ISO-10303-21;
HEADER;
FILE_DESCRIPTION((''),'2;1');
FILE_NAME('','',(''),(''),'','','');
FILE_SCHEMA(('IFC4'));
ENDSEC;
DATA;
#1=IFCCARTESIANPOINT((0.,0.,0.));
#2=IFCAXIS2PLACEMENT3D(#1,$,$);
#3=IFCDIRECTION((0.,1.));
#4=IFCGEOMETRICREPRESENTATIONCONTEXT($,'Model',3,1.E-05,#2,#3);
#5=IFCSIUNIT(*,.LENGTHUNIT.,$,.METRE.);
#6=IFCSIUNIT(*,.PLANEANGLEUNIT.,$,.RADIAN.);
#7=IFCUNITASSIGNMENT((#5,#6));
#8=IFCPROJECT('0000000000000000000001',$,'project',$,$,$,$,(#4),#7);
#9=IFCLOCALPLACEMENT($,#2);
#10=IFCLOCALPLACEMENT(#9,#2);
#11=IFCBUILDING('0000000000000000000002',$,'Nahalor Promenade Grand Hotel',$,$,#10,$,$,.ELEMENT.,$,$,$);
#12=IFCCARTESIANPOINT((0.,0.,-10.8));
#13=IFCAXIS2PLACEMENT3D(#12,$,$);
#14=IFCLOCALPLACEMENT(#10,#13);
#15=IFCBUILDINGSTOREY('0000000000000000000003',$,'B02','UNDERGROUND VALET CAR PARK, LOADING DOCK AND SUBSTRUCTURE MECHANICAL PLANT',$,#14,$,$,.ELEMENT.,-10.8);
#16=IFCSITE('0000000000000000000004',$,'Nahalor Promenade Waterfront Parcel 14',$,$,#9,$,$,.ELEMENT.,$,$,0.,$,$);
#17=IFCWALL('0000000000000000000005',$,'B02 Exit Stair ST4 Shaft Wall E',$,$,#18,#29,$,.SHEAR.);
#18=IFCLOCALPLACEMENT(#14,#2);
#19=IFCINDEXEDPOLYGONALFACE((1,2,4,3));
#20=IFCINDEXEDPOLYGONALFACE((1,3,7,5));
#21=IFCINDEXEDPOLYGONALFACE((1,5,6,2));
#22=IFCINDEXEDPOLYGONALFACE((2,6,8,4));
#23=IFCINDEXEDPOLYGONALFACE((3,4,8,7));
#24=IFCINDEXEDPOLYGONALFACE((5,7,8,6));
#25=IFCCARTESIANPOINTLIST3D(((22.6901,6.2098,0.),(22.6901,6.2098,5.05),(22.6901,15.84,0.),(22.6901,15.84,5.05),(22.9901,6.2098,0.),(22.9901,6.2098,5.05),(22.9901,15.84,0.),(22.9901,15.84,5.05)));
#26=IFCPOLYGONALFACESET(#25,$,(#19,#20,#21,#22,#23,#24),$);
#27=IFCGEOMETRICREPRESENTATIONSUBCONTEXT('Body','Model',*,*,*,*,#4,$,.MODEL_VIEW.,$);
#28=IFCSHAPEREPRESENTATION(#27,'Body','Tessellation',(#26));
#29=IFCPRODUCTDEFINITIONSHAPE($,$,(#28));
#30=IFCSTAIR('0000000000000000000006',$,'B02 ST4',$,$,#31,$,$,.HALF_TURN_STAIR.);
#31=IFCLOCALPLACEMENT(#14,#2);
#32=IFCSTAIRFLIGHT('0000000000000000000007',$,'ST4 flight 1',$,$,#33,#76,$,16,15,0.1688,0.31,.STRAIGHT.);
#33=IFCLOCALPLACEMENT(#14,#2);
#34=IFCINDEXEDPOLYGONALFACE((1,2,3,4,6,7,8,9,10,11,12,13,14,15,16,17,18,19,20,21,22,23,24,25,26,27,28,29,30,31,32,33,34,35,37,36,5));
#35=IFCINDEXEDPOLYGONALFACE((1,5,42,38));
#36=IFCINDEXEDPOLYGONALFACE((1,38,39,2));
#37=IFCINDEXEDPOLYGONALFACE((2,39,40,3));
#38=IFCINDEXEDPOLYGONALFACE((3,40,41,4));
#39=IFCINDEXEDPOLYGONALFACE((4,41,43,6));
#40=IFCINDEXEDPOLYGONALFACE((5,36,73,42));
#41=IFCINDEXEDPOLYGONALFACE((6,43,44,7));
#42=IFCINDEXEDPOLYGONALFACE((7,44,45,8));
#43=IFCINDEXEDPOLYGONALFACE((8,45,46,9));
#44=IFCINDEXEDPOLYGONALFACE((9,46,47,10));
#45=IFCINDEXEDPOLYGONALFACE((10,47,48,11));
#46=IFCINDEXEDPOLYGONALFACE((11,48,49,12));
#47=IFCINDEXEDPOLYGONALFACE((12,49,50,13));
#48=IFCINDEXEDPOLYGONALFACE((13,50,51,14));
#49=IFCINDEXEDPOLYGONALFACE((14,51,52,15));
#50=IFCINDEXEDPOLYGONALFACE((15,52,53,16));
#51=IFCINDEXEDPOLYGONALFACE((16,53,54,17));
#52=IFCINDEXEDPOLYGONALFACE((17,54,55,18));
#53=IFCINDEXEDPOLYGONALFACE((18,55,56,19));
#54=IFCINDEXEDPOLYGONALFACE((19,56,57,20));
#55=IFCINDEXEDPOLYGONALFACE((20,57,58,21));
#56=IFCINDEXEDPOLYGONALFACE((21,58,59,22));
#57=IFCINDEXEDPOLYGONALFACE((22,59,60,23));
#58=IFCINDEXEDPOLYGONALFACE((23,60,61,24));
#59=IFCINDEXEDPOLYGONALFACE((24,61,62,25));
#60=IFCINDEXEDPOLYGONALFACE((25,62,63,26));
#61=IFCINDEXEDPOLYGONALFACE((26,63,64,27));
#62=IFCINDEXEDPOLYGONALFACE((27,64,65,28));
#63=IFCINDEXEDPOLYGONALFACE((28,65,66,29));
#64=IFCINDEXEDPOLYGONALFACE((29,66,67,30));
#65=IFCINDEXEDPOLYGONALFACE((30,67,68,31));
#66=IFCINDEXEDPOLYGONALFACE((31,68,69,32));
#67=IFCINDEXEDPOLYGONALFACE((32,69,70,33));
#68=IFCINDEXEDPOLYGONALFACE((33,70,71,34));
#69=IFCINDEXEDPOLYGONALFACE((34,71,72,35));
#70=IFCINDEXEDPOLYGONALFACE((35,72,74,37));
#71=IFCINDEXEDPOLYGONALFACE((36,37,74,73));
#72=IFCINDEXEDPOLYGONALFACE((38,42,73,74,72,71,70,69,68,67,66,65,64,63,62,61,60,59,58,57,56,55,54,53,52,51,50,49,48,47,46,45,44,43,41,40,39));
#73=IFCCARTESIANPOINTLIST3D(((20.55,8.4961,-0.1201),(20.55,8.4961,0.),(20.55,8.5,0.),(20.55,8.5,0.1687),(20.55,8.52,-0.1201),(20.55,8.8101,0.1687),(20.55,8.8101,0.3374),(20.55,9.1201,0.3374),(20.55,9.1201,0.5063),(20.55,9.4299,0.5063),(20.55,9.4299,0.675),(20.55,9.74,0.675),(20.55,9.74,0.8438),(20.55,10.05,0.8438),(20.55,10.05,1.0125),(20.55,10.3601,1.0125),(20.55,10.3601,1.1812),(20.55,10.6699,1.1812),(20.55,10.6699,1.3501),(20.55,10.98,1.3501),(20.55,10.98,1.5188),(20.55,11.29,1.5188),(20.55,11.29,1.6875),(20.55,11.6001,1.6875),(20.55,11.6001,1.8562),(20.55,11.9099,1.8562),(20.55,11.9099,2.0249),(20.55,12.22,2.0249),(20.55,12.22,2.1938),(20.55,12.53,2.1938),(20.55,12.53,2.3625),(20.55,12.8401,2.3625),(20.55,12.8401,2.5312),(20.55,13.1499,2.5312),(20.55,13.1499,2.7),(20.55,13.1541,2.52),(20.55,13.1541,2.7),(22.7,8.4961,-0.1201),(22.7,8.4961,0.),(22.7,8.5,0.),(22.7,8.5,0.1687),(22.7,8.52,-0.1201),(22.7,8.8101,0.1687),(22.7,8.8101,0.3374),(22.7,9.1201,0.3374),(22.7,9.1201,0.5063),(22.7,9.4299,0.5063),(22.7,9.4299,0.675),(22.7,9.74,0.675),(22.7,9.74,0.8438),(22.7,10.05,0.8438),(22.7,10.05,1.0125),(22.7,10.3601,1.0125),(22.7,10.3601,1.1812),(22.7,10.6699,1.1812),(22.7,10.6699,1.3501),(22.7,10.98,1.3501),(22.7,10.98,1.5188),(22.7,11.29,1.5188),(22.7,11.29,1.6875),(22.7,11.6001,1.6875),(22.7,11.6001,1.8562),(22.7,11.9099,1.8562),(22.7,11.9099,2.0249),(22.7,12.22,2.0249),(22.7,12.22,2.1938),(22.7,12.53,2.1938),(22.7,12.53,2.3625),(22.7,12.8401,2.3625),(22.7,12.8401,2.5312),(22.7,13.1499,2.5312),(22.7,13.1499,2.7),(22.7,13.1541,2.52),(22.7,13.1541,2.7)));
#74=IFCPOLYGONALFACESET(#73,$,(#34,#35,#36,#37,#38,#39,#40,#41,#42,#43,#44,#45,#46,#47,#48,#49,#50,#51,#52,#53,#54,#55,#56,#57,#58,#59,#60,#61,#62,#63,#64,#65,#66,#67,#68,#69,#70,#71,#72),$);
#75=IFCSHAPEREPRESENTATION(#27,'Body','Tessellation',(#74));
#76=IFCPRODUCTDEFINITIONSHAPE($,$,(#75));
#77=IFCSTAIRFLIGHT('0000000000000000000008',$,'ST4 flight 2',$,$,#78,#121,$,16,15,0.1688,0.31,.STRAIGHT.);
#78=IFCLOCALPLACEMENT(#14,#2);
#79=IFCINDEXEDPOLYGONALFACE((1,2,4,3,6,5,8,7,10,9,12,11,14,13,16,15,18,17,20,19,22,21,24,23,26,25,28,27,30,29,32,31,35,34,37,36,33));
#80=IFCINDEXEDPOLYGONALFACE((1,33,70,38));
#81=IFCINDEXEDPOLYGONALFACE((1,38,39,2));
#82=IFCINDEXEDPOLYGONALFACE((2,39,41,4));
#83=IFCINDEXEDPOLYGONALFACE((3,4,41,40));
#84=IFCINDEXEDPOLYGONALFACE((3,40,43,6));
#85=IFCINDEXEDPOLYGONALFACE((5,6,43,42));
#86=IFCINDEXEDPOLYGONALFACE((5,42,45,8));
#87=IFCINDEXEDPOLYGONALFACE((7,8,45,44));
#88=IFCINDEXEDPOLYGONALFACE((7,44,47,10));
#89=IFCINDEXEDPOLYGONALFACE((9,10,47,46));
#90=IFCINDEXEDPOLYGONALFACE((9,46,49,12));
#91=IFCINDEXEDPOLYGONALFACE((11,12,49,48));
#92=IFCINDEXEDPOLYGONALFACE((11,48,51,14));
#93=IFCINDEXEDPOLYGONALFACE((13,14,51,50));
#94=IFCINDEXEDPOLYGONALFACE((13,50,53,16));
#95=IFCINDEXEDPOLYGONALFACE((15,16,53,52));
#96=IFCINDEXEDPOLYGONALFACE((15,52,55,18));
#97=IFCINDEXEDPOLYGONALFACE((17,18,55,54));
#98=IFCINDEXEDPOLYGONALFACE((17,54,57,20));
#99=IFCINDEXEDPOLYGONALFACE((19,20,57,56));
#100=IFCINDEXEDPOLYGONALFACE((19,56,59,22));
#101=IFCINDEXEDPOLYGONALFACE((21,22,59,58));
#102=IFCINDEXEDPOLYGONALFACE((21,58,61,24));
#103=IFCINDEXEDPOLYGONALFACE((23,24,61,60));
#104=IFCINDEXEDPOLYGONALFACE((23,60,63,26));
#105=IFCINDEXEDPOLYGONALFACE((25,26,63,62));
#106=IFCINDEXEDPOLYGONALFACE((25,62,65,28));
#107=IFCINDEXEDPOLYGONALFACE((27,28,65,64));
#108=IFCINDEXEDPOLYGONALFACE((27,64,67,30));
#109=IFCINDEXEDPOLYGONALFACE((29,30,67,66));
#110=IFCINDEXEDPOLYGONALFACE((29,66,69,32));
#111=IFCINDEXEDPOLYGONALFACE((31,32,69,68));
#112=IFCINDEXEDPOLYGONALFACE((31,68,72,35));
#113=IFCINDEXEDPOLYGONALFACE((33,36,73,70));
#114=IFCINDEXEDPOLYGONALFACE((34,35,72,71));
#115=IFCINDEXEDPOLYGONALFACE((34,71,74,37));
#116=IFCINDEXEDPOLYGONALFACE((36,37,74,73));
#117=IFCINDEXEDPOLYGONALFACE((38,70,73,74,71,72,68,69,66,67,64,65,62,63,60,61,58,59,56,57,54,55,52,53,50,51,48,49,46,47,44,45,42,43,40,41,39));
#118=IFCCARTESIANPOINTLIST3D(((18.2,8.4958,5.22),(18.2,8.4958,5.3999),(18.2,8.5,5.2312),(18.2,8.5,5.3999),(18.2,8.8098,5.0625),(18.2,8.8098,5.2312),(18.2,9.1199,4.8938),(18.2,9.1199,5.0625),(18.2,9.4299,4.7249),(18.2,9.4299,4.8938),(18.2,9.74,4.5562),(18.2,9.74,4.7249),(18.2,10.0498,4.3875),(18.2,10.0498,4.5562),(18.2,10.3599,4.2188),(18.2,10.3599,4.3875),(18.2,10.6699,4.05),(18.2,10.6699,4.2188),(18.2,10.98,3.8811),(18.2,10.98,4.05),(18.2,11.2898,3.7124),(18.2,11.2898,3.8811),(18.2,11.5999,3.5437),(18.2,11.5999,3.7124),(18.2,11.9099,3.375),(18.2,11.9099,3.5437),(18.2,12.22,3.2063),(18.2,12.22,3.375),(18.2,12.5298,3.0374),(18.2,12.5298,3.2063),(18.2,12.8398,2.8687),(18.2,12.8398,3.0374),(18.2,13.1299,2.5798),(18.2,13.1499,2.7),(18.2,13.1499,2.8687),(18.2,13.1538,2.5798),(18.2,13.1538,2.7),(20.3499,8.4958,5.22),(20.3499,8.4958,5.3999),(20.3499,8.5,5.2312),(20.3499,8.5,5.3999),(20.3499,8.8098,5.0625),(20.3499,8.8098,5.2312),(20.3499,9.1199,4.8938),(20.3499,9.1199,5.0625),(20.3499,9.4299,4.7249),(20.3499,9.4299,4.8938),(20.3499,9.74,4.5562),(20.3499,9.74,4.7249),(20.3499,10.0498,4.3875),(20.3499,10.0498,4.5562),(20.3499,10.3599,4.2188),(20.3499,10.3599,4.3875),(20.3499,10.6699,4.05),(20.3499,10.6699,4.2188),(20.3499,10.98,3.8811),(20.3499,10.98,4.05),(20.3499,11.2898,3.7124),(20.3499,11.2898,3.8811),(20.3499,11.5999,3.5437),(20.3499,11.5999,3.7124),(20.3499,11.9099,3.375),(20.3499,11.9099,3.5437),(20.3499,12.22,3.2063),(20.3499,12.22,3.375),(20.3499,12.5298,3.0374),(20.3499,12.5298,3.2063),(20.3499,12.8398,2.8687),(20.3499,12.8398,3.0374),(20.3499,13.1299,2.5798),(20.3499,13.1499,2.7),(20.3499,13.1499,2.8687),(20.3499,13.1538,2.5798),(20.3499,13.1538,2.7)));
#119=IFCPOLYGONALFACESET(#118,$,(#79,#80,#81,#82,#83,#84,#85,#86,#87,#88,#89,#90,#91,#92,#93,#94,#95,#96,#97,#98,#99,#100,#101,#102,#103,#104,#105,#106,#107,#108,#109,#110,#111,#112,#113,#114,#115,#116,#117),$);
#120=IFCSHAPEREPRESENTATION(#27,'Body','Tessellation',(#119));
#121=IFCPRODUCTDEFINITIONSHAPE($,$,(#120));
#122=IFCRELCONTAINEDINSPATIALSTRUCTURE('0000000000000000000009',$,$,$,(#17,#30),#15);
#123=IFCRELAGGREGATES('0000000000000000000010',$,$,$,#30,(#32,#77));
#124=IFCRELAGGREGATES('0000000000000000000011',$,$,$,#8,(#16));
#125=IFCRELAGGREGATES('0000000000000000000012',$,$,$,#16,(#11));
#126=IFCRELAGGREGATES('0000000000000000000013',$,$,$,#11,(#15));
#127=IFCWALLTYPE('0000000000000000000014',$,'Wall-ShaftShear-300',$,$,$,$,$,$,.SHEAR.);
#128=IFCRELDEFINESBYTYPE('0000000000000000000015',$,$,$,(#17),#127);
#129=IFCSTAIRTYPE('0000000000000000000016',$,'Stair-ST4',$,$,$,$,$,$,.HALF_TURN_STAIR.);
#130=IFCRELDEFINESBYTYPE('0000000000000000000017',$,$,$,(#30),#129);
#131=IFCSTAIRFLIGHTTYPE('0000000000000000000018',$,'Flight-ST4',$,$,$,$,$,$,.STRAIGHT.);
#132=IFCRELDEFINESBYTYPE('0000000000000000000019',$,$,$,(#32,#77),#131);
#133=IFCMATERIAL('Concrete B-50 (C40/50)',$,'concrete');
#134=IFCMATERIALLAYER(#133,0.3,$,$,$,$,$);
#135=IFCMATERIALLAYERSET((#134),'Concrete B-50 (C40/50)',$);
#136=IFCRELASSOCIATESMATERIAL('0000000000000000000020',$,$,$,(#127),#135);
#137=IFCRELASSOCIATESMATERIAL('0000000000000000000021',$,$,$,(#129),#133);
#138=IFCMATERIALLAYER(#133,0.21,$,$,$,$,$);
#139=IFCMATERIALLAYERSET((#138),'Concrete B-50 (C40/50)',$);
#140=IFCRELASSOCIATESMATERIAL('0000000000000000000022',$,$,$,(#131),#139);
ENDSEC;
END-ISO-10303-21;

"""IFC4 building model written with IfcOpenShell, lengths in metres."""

from ifc_helpers import new_model, si_unit, direction, frame, frame_2d, origin, place, context, subcontext, project, spatial, polyline, rectangle, outline, extrude, source, transform, mapped, material, layer, layer_set, type_object, element, aggregate, save


model = new_model("IFC4")

# Units and contexts
model_context = context("Model", 3, precision=1e-05, world=origin(), true_north=direction((0.0, 1.0)))
body_context = subcontext(model_context, "Body", "Model", "MODEL_VIEW")
ifc_project = project(units=[si_unit("LENGTHUNIT", "METRE"), si_unit("PLANEANGLEUNIT", "RADIAN")], contexts=[model_context])

# Site, building, storey
site_placement = place(None, origin())
site = spatial("IfcSite", under=ifc_project, at=site_placement, Name="Nahalor Promenade Waterfront Parcel 14", CompositionType="ELEMENT", RefElevation=0.0)
building_placement = place(site_placement, origin())
building = spatial("IfcBuilding", under=site, at=building_placement, Name="Nahalor Promenade Grand Hotel", CompositionType="ELEMENT")
storey_placement = place(building_placement, frame((0.0, 0.0, -10.8)))
storey = spatial("IfcBuildingStorey", under=building, at=storey_placement, Name="B02", Description="UNDERGROUND VALET CAR PARK, LOADING DOCK AND SUBSTRUCTURE MECHANICAL PLANT", CompositionType="ELEMENT", Elevation=-10.8)

# Shared definitions
ifc_material_1 = material(Name="Concrete B-50 (C40/50)", Category="concrete")

# Shared definitions
ifc_layer_1 = layer(ifc_material_1, 0.3)
ifc_layer_set_1 = layer_set([ifc_layer_1], Name="Concrete B-50 (C40/50)")
wall_type = type_object("IfcWallType", Name="Wall-ShaftShear-300", PredefinedType="SHEAR", material=ifc_layer_set_1)

# Wall
shared_shape_1 = source(origin(), body_context, "Body", "SweptSolid", [
    extrude(rectangle(XDim=9.6301, YDim=0.3, at=frame_2d((4.8149, 0.0))), origin(), (0.0, 0.0, 1.0), 5.05),
])
for number, where, z_axis, x_axis, name in (
    (1, (22.8401, 6.21, 0.0), (0.0, 0.0, 1.0), (0.0, 1.0, 0.0), "B02 Exit Stair ST4 Shaft Wall E"),
):
    element("IfcWall", number, at=place(storey_placement, frame(where, z_axis=z_axis, x_axis=x_axis)), inside=storey, type_object=wall_type, Name=name, PredefinedType="SHEAR", context=body_context, shape_type="MappedRepresentation", body=[
        mapped(shared_shape_1, transform((0.0, 0.0, 0.0), scale=1.0)),
    ])

# Stair, stair flights
stair_type = type_object("IfcStairType", Name="Stair-ST4", PredefinedType="HALF_TURN_STAIR", material=ifc_material_1)
stair_placement = place(storey_placement, origin())
stair = element("IfcStair", 2, at=stair_placement, inside=storey, type_object=stair_type, Name="B02 ST4", PredefinedType="HALF_TURN_STAIR")
ifc_layer_2 = layer(ifc_material_1, 0.21)
ifc_layer_set_2 = layer_set([ifc_layer_2], Name="Concrete B-50 (C40/50)")
stair_flight_type = type_object("IfcStairFlightType", Name="Flight-ST4", PredefinedType="STRAIGHT", material=ifc_layer_set_2)
shared_shape_2 = source(origin(), body_context, "Body", "SweptSolid", [
    extrude(outline(polyline([(-0.0039, -0.1201), (-0.0039, 0.0), (0.0, 0.0), (0.0, 0.1687), (0.3101, 0.1687), (0.3101, 0.3374), (0.6201, 0.3374), (0.6201, 0.5063), (0.9299, 0.5063), (0.9299, 0.675), (1.24, 0.675), (1.24, 0.8438), (1.55, 0.8438), (1.55, 1.0125), (1.8601, 1.0125), (1.8601, 1.1812), (2.1699, 1.1812), (2.1699, 1.3501), (2.48, 1.3501), (2.48, 1.5188), (2.79, 1.5188), (2.79, 1.6875), (3.1001, 1.6875), (3.1001, 1.8562), (3.4099, 1.8562), (3.4099, 2.0249), (3.72, 2.0249), (3.72, 2.1938), (4.03, 2.1938), (4.03, 2.3625), (4.3401, 2.3625), (4.3401, 2.5312), (4.6499, 2.5312), (4.6499, 2.7), (4.6541, 2.7), (4.6541, 2.52), (0.02, -0.1201), (-0.0039, -0.1201)])), frame((0.0, 1.075, 0.0), z_axis=(0.0, -1.0, 0.0), x_axis=(1.0, 0.0, 0.0)), (0.0, 0.0, 1.0), 2.1499),
])
stair_flight_1_placement = place(storey_placement, frame((21.625, 8.5, 0.0), z_axis=(0.0, 0.0, 1.0), x_axis=(0.0, 1.0, 0.0)))
stair_flight_1 = element("IfcStairFlight", 3, at=stair_flight_1_placement, type_object=stair_flight_type, Name="ST4 flight 1", NumberOfRisers=16, NumberOfTreads=15, PredefinedType="STRAIGHT", RiserHeight=0.1688, TreadLength=0.31, context=body_context, shape_type="MappedRepresentation", body=[
    mapped(shared_shape_2, transform((0.0, 0.0, 0.0), scale=1.0)),
])
stair_flight_2_placement = place(storey_placement, frame((19.2749, 13.1499, 2.7), z_axis=(0.0, 0.0, 1.0), x_axis=(0.0, -1.0, 0.0)))
stair_flight_2 = element("IfcStairFlight", 4, at=stair_flight_2_placement, type_object=stair_flight_type, Name="ST4 flight 2", NumberOfRisers=16, NumberOfTreads=15, PredefinedType="STRAIGHT", RiserHeight=0.1688, TreadLength=0.31, context=body_context, shape_type="MappedRepresentation", body=[
    mapped(shared_shape_2, transform((0.0, 0.0, 0.0), scale=1.0)),
])
aggregate(stair, [stair_flight_1, stair_flight_2])

save(model, "model.ifc")
